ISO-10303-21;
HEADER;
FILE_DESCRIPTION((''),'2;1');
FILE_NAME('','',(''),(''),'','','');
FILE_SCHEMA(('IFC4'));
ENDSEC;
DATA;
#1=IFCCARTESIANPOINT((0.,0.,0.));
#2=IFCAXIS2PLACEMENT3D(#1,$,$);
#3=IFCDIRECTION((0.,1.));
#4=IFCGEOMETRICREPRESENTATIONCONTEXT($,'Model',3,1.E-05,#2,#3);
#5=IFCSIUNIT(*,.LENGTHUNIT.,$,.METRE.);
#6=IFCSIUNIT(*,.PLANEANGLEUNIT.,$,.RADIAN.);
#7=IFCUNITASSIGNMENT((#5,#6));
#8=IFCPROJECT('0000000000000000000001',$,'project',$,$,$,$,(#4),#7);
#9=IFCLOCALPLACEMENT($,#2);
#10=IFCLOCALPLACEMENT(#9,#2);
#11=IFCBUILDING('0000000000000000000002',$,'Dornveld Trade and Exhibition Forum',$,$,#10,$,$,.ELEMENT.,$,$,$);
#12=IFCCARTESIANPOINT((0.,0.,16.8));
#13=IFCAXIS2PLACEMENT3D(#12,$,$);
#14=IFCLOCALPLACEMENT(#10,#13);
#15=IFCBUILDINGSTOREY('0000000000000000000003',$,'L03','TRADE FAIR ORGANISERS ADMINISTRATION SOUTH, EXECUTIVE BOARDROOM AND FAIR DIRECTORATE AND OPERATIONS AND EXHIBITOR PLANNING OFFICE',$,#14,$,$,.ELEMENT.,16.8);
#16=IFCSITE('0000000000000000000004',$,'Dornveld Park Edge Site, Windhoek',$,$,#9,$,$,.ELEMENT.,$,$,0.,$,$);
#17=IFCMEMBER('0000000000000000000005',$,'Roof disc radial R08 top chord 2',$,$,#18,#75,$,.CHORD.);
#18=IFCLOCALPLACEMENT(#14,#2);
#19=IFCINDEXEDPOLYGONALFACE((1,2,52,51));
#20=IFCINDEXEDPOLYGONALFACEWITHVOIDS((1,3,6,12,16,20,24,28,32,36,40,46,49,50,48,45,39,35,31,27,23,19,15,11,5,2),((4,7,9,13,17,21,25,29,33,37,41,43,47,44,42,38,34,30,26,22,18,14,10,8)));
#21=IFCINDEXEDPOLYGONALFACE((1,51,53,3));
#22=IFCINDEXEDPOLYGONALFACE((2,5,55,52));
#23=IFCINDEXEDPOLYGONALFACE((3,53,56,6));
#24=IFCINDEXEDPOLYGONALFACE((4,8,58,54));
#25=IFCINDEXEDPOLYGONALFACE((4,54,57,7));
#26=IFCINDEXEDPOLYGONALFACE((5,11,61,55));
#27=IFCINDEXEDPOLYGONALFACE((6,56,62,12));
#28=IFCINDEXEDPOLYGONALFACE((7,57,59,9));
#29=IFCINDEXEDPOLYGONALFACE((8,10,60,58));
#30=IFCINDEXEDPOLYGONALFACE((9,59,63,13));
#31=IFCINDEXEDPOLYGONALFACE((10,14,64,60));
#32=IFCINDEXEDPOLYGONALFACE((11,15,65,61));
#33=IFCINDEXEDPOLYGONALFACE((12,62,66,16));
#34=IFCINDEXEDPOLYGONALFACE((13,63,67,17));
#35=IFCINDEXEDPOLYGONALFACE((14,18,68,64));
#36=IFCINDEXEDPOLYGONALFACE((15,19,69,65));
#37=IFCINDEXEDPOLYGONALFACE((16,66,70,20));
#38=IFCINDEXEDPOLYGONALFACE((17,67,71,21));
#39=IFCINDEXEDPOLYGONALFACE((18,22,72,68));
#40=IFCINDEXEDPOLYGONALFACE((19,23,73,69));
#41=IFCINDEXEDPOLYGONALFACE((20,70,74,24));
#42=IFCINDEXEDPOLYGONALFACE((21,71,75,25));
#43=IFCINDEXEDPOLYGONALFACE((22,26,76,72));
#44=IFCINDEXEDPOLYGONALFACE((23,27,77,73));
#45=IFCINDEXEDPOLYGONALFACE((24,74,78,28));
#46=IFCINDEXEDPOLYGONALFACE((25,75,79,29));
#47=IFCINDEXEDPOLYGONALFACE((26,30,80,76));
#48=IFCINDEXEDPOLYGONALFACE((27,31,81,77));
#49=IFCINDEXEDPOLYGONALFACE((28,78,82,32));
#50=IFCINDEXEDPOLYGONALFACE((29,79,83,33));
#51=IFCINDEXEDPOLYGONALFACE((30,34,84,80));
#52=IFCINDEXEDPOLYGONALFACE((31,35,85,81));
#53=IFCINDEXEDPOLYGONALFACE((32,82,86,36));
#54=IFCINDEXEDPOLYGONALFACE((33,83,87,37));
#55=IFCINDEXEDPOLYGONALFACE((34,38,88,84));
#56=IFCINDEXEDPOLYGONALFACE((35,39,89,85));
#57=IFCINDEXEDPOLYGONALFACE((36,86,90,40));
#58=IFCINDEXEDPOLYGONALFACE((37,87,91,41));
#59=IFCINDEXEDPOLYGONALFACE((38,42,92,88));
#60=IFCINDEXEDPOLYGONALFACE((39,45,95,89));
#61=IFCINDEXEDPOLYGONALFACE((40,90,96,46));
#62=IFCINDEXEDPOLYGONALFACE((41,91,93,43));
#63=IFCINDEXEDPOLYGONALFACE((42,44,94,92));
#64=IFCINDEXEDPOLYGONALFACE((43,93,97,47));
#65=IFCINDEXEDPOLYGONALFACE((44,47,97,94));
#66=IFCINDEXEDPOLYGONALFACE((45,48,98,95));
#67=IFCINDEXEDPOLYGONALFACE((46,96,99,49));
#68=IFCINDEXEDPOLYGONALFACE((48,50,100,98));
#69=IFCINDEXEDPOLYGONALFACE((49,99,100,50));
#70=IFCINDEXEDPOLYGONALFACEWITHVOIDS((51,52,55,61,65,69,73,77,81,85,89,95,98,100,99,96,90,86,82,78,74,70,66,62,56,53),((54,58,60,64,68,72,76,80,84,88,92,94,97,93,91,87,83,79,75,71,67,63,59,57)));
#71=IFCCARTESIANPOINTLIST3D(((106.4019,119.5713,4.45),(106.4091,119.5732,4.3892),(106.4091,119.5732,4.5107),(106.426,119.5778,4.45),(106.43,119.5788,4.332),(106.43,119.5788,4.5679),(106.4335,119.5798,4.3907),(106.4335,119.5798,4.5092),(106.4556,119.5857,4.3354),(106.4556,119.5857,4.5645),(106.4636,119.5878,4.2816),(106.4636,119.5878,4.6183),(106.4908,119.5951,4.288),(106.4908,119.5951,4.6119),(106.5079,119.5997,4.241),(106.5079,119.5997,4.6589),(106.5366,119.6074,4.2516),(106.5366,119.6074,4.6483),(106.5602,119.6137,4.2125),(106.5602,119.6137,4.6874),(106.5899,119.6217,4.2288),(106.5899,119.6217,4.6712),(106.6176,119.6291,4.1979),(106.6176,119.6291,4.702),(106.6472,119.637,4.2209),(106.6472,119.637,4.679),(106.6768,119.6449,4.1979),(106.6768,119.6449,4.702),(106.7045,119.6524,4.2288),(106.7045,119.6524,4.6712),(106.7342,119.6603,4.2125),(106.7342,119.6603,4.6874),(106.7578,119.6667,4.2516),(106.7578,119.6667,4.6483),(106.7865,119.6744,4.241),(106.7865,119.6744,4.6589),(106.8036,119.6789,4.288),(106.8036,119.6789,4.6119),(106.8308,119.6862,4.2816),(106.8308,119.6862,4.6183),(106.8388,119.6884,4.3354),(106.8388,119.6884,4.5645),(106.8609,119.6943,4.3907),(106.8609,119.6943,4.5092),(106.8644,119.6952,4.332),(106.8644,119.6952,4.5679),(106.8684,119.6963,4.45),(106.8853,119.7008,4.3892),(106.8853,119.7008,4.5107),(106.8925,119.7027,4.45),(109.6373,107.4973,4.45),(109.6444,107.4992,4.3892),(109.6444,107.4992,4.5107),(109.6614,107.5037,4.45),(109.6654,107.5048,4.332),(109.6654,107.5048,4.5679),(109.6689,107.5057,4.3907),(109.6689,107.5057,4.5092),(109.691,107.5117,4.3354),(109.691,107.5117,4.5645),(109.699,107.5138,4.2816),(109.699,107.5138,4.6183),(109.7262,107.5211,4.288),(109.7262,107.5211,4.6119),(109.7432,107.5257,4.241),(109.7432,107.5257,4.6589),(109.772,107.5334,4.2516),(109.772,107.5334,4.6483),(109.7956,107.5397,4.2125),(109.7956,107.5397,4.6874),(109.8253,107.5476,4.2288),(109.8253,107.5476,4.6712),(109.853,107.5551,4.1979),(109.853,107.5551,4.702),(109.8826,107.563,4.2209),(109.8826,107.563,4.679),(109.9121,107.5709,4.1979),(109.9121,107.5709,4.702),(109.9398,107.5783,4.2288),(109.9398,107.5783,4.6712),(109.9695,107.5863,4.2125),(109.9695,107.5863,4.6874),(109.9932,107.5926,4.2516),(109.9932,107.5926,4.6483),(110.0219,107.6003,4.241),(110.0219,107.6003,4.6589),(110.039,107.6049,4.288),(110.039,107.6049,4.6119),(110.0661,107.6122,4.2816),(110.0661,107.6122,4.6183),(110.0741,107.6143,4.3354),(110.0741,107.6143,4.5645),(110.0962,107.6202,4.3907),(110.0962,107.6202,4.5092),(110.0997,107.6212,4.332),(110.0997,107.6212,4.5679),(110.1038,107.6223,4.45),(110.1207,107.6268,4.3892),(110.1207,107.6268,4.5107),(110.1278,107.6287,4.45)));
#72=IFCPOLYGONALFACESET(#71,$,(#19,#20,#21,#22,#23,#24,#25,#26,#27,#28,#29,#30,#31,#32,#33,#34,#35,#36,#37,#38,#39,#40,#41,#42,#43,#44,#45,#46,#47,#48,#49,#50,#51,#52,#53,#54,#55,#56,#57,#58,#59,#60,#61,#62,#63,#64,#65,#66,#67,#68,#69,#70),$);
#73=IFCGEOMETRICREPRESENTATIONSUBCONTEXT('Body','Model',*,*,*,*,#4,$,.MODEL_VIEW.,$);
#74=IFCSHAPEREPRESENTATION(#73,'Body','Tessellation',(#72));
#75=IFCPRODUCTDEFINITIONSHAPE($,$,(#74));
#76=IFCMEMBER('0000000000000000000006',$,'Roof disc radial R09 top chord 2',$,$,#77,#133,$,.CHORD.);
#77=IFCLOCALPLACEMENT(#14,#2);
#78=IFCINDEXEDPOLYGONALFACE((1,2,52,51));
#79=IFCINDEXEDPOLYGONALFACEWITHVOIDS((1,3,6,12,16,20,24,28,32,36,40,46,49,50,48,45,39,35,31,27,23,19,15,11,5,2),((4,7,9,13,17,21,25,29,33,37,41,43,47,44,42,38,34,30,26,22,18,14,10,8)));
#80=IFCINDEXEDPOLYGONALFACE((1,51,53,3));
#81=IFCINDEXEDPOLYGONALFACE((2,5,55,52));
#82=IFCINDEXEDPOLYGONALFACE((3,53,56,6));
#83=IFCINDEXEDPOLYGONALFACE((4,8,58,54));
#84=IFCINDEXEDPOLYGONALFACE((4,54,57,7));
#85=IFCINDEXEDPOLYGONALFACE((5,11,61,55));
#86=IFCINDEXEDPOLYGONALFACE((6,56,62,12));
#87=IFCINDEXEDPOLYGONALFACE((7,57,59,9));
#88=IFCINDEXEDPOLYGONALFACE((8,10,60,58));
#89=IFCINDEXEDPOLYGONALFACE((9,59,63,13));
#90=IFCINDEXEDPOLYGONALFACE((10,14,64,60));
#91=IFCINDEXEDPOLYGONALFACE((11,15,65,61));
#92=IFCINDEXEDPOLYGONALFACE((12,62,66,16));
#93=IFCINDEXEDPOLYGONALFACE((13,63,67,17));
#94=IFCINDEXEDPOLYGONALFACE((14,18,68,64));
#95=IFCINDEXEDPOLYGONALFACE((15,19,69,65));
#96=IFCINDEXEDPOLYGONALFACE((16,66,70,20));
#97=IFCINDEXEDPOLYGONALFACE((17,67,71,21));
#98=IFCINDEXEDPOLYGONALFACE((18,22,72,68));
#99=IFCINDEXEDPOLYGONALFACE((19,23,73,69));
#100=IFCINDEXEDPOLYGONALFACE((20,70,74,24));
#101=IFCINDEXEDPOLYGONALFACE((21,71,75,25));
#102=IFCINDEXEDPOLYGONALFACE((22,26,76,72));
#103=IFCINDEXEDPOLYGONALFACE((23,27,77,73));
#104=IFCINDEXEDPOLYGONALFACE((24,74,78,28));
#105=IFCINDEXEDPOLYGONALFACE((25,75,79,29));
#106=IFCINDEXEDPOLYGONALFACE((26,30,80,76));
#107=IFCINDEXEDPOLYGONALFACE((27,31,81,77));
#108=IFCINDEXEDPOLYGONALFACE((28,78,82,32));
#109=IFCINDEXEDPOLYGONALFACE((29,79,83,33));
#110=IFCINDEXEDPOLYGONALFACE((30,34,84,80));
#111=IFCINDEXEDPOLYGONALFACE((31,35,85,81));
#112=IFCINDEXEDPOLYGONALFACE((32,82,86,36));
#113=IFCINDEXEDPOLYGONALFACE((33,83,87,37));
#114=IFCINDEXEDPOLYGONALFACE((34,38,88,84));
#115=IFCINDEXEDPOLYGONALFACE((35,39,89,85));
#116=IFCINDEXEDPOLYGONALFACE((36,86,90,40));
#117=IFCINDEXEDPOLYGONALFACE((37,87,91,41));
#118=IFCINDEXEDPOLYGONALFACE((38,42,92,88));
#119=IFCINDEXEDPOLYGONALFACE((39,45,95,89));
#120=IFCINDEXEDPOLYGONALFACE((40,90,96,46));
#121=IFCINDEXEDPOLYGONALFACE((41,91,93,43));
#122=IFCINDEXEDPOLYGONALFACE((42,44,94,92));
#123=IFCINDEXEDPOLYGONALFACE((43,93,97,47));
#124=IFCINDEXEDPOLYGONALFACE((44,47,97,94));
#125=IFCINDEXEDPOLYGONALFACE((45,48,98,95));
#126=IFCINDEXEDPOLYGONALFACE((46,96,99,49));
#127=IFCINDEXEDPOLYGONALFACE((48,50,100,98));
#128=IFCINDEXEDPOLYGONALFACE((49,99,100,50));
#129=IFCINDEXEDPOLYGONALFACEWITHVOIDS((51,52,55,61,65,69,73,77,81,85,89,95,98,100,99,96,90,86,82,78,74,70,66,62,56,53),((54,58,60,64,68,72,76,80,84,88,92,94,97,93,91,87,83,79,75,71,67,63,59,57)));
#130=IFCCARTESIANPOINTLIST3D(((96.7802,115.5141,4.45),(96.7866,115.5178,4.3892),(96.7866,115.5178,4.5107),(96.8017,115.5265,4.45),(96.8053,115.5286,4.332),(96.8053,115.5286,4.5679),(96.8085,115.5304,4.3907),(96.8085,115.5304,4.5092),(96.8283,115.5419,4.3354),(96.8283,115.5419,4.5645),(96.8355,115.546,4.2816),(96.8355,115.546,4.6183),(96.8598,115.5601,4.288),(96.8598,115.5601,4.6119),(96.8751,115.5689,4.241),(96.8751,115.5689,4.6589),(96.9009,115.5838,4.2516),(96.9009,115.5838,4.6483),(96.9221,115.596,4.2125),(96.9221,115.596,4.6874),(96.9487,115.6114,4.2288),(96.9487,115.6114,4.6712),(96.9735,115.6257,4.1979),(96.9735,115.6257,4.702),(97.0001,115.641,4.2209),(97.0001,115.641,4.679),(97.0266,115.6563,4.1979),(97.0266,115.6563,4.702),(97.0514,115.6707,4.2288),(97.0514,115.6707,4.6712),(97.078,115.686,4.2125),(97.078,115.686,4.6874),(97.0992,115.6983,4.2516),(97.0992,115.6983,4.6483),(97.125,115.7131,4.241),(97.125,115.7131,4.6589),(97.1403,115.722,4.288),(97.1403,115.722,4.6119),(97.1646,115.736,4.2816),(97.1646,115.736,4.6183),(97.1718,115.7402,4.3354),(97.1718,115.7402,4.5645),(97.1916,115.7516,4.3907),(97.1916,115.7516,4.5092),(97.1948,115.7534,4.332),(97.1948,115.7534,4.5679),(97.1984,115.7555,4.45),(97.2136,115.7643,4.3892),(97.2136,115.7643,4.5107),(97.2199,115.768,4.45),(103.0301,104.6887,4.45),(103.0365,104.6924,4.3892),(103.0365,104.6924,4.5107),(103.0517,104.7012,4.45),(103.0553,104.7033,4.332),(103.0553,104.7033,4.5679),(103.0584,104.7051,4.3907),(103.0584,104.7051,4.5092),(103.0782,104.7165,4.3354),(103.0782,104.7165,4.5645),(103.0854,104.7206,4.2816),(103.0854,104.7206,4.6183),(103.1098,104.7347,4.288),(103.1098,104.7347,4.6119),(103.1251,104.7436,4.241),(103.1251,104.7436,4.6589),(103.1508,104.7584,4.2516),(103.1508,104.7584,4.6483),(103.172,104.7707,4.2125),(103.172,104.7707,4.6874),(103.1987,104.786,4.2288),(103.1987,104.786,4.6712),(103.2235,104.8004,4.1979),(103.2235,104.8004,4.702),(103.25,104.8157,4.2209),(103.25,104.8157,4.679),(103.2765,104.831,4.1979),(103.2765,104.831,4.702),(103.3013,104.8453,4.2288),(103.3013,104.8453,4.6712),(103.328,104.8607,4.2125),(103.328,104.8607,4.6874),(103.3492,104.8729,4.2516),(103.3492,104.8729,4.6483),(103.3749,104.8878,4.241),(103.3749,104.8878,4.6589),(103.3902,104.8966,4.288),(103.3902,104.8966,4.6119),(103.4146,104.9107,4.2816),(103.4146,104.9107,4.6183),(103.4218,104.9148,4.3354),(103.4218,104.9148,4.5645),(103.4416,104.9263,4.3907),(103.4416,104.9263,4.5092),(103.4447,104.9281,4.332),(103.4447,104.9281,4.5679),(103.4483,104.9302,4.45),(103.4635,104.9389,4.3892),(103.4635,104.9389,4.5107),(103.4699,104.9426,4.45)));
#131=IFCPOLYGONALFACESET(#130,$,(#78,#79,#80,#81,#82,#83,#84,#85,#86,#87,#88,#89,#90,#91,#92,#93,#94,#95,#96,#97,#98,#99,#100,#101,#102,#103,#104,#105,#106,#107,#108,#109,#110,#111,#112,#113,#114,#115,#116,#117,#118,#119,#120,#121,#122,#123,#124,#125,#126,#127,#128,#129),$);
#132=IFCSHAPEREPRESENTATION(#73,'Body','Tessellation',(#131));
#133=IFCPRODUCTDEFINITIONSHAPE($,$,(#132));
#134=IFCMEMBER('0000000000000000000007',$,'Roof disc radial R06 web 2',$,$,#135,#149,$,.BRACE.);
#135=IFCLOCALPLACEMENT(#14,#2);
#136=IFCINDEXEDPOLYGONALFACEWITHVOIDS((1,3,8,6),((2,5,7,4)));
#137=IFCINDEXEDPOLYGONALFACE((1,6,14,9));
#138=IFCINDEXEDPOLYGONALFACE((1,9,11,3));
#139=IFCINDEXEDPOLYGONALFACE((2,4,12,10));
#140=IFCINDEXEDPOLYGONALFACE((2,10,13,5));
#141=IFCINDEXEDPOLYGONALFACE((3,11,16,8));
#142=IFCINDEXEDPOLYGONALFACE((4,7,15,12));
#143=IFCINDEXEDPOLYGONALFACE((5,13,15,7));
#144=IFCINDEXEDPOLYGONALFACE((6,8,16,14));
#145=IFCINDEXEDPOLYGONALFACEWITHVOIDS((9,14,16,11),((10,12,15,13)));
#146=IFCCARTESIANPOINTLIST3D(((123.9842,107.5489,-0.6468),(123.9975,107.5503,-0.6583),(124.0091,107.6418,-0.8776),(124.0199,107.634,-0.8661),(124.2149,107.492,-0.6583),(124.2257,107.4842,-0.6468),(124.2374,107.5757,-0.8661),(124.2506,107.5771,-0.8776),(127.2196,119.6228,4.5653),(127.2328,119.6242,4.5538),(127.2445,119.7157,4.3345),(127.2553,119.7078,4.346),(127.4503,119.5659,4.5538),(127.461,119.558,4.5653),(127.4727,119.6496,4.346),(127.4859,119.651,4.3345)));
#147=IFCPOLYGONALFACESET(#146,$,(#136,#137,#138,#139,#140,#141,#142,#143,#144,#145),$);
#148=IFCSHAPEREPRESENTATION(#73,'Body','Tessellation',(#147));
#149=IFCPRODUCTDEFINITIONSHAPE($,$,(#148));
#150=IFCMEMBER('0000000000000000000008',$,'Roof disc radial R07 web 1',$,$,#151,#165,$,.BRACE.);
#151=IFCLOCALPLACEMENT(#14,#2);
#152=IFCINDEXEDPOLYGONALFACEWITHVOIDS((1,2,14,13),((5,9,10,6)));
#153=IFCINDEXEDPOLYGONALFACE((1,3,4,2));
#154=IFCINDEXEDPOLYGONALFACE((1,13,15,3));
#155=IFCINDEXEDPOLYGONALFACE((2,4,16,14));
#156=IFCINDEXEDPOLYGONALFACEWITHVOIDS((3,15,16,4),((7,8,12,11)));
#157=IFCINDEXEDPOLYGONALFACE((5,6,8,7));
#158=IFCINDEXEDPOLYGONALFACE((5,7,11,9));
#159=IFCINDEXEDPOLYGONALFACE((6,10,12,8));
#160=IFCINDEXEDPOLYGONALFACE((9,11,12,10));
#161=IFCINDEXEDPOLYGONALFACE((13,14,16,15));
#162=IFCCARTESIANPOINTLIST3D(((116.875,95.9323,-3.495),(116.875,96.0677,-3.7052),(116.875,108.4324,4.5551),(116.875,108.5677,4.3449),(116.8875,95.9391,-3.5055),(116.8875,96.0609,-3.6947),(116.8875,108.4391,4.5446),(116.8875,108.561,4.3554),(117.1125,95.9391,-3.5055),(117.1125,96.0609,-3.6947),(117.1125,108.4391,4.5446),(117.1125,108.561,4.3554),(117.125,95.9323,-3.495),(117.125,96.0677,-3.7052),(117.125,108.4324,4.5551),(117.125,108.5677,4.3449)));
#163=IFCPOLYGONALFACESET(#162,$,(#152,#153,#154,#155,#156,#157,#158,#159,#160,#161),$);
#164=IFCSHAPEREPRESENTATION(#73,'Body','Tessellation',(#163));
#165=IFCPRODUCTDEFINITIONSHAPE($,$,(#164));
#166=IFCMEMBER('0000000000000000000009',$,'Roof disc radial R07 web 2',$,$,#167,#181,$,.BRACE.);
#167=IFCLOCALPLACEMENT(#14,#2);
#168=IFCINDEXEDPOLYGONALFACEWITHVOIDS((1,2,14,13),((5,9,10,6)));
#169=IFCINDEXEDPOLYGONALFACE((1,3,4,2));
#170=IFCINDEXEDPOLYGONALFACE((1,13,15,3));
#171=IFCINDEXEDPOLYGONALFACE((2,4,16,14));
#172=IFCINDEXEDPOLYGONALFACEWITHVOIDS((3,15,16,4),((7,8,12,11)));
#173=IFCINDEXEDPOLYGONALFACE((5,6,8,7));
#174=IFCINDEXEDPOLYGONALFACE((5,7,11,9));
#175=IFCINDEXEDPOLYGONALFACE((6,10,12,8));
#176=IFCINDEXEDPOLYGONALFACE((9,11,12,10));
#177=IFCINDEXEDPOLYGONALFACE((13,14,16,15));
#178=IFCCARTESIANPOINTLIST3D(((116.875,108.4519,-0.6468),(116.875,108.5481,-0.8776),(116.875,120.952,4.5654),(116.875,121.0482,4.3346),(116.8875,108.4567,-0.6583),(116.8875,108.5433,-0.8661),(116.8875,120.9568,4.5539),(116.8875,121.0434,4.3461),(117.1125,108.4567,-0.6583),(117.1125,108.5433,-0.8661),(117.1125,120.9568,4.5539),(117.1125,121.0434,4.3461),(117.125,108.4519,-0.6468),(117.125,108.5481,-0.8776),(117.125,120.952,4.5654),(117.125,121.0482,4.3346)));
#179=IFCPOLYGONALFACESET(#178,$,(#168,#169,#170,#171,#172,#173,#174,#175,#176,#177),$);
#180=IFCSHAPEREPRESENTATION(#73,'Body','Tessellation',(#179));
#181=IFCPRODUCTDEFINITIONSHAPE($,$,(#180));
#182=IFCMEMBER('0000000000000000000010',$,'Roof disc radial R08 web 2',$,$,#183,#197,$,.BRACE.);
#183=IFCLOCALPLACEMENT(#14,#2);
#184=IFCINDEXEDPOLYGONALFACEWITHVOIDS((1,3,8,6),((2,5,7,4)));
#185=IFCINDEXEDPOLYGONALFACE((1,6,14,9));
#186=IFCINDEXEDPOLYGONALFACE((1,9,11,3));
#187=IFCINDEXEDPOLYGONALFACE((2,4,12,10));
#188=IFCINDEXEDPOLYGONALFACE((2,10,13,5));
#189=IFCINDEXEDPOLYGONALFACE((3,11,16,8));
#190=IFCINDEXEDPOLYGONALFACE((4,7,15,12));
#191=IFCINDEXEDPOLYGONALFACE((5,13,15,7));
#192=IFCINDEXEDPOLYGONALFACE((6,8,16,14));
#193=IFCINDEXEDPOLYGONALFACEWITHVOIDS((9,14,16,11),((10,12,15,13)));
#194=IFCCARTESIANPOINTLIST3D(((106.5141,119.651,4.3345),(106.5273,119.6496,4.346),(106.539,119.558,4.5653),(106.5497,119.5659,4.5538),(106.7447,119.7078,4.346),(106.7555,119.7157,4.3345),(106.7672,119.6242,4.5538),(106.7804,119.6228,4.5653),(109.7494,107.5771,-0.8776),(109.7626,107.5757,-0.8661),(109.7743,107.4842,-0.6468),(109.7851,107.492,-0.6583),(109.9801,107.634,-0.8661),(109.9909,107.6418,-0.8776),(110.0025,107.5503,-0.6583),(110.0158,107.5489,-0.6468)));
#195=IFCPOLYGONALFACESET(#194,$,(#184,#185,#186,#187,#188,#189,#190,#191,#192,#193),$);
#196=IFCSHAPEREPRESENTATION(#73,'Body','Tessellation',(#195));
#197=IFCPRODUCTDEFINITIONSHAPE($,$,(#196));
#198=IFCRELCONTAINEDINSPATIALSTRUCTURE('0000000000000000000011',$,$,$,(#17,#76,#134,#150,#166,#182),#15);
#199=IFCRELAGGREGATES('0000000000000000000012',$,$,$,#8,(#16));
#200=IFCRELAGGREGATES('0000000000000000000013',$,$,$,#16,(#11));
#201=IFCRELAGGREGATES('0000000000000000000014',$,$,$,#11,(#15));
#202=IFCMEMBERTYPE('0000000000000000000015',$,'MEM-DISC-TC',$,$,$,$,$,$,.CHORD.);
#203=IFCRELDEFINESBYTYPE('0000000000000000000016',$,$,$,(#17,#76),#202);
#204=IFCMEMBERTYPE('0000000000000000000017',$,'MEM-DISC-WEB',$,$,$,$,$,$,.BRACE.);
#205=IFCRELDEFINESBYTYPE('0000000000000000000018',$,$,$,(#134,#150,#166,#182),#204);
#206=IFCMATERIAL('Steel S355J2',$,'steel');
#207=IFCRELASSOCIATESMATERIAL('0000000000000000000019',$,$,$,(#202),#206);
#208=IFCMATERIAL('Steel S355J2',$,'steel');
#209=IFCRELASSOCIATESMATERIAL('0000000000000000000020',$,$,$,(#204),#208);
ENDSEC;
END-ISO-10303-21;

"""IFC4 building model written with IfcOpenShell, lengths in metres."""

from ifc_helpers import new_model, si_unit, direction, frame, origin, origin_2d, place, context, subcontext, project, spatial, hollow_rectangle, hollow_circle, extrude, material, material_profile, profile_set, type_object, element, save


model = new_model("IFC4")

# Units and contexts
model_context = context("Model", 3, precision=1e-05, world=origin(), true_north=direction((0.0, 1.0)))
body_context = subcontext(model_context, "Body", "Model", "MODEL_VIEW")
ifc_project = project(units=[si_unit("LENGTHUNIT", "METRE"), si_unit("PLANEANGLEUNIT", "RADIAN")], contexts=[model_context])

# Site, building, storey
site_placement = place(None, origin())
site = spatial("IfcSite", under=ifc_project, at=site_placement, Name="Dornveld Park Edge Site, Windhoek", CompositionType="ELEMENT", RefElevation=0.0)
building_placement = place(site_placement, origin())
building = spatial("IfcBuilding", under=site, at=building_placement, Name="Dornveld Trade and Exhibition Forum", CompositionType="ELEMENT")
storey_placement = place(building_placement, frame((0.0, 0.0, 16.8)))
storey = spatial("IfcBuildingStorey", under=building, at=storey_placement, Name="L03", Description="TRADE FAIR ORGANISERS ADMINISTRATION SOUTH, EXECUTIVE BOARDROOM AND FAIR DIRECTORATE AND OPERATIONS AND EXHIBITOR PLANNING OFFICE", CompositionType="ELEMENT", Elevation=16.8)

# Members
ifc_material_1 = material(Name="Steel S355J2", Category="steel")
ifc_material_profile_1 = material_profile(ifc_material_1, hollow_circle(Radius=0.2539, WallThickness=0.0249, at=origin_2d()), Name="CHS 508x25")
ifc_profile_set_1 = profile_set([ifc_material_profile_1], Name="Steel S355J2")
member_type_1 = type_object("IfcMemberType", Name="MEM-DISC-TC", PredefinedType="CHORD", material=ifc_profile_set_1)
for number, where, z_axis, x_axis, name in (
    (1, (109.8826, 107.563, 4.45), (-0.258829, 0.965923, 0.0), (-0.965923, -0.258829, 0.0), "Roof disc radial R08 top chord 2"),
    (2, (103.25, 104.8157, 4.45), (-0.499996, 0.866028, 0.0), (-0.866028, -0.499996, 0.0), "Roof disc radial R09 top chord 2"),
):
    element("IfcMember", number, at=place(storey_placement, frame(where, z_axis=z_axis, x_axis=x_axis)), inside=storey, type_object=member_type_1, Name=name, PredefinedType="CHORD", context=body_context, shape_type="SweptSolid", body=[
        extrude(hollow_circle(Radius=0.2539, WallThickness=0.0249, at=origin_2d()), origin(), (0.0, 0.0, 1.0), 12.5),
    ])
ifc_material_2 = material(Name="Steel S355J2", Category="steel")
ifc_material_profile_2 = material_profile(ifc_material_2, hollow_rectangle(XDim=0.25, YDim=0.25, WallThickness=0.0125, at=origin_2d()), Name="SHS 250x250x12.5")
ifc_profile_set_2 = profile_set([ifc_material_profile_2], Name="Steel S355J2")
member_type_2 = type_object("IfcMemberType", Name="MEM-DISC-WEB", PredefinedType="BRACE", material=ifc_profile_set_2)
member_1_placement = place(storey_placement, frame((124.1174, 107.563, -0.7622), z_axis=(0.238893, 0.891524, 0.384858), x_axis=(-0.965923, 0.258829, 0.0)))
element("IfcMember", 3, at=member_1_placement, inside=storey, type_object=member_type_2, Name="Roof disc radial R06 web 2", PredefinedType="BRACE", context=body_context, shape_type="SweptSolid", body=[
    extrude(hollow_rectangle(XDim=0.25, YDim=0.25, WallThickness=0.0125, at=origin_2d()), origin(), (0.0, 0.0, 1.0), 13.543),
])
member_2_placement = place(storey_placement, frame((117.0, 96.0, -3.6001), z_axis=(0.0, 0.84074, 0.54144), x_axis=(-1.0, 0.0, 0.0)))
element("IfcMember", 4, at=member_2_placement, inside=storey, type_object=member_type_2, Name="Roof disc radial R07 web 1", PredefinedType="BRACE", context=body_context, shape_type="SweptSolid", body=[
    extrude(hollow_rectangle(XDim=0.25, YDim=0.25, WallThickness=0.0125, at=origin_2d()), origin(), (0.0, 0.0, 1.0), 14.8679),
])
member_3_placement = place(storey_placement, frame((117.0, 108.5, -0.7622), z_axis=(0.0, 0.922977, 0.384856), x_axis=(-1.0, 0.0, 0.0)))
element("IfcMember", 5, at=member_3_placement, inside=storey, type_object=member_type_2, Name="Roof disc radial R07 web 2", PredefinedType="BRACE", context=body_context, shape_type="SweptSolid", body=[
    extrude(hollow_rectangle(XDim=0.25, YDim=0.25, WallThickness=0.0125, at=origin_2d()), origin(), (0.0, 0.0, 1.0), 13.5432),
])
member_4_placement = place(storey_placement, frame((109.8826, 107.563, -0.7622), z_axis=(-0.238893, 0.891524, 0.384858), x_axis=(-0.965923, -0.258829, 0.0)))
element("IfcMember", 6, at=member_4_placement, inside=storey, type_object=member_type_2, Name="Roof disc radial R08 web 2", PredefinedType="BRACE", context=body_context, shape_type="SweptSolid", body=[
    extrude(hollow_rectangle(XDim=0.25, YDim=0.25, WallThickness=0.0125, at=origin_2d()), origin(), (0.0, 0.0, 1.0), 13.543),
])

save(model, "model.ifc")
